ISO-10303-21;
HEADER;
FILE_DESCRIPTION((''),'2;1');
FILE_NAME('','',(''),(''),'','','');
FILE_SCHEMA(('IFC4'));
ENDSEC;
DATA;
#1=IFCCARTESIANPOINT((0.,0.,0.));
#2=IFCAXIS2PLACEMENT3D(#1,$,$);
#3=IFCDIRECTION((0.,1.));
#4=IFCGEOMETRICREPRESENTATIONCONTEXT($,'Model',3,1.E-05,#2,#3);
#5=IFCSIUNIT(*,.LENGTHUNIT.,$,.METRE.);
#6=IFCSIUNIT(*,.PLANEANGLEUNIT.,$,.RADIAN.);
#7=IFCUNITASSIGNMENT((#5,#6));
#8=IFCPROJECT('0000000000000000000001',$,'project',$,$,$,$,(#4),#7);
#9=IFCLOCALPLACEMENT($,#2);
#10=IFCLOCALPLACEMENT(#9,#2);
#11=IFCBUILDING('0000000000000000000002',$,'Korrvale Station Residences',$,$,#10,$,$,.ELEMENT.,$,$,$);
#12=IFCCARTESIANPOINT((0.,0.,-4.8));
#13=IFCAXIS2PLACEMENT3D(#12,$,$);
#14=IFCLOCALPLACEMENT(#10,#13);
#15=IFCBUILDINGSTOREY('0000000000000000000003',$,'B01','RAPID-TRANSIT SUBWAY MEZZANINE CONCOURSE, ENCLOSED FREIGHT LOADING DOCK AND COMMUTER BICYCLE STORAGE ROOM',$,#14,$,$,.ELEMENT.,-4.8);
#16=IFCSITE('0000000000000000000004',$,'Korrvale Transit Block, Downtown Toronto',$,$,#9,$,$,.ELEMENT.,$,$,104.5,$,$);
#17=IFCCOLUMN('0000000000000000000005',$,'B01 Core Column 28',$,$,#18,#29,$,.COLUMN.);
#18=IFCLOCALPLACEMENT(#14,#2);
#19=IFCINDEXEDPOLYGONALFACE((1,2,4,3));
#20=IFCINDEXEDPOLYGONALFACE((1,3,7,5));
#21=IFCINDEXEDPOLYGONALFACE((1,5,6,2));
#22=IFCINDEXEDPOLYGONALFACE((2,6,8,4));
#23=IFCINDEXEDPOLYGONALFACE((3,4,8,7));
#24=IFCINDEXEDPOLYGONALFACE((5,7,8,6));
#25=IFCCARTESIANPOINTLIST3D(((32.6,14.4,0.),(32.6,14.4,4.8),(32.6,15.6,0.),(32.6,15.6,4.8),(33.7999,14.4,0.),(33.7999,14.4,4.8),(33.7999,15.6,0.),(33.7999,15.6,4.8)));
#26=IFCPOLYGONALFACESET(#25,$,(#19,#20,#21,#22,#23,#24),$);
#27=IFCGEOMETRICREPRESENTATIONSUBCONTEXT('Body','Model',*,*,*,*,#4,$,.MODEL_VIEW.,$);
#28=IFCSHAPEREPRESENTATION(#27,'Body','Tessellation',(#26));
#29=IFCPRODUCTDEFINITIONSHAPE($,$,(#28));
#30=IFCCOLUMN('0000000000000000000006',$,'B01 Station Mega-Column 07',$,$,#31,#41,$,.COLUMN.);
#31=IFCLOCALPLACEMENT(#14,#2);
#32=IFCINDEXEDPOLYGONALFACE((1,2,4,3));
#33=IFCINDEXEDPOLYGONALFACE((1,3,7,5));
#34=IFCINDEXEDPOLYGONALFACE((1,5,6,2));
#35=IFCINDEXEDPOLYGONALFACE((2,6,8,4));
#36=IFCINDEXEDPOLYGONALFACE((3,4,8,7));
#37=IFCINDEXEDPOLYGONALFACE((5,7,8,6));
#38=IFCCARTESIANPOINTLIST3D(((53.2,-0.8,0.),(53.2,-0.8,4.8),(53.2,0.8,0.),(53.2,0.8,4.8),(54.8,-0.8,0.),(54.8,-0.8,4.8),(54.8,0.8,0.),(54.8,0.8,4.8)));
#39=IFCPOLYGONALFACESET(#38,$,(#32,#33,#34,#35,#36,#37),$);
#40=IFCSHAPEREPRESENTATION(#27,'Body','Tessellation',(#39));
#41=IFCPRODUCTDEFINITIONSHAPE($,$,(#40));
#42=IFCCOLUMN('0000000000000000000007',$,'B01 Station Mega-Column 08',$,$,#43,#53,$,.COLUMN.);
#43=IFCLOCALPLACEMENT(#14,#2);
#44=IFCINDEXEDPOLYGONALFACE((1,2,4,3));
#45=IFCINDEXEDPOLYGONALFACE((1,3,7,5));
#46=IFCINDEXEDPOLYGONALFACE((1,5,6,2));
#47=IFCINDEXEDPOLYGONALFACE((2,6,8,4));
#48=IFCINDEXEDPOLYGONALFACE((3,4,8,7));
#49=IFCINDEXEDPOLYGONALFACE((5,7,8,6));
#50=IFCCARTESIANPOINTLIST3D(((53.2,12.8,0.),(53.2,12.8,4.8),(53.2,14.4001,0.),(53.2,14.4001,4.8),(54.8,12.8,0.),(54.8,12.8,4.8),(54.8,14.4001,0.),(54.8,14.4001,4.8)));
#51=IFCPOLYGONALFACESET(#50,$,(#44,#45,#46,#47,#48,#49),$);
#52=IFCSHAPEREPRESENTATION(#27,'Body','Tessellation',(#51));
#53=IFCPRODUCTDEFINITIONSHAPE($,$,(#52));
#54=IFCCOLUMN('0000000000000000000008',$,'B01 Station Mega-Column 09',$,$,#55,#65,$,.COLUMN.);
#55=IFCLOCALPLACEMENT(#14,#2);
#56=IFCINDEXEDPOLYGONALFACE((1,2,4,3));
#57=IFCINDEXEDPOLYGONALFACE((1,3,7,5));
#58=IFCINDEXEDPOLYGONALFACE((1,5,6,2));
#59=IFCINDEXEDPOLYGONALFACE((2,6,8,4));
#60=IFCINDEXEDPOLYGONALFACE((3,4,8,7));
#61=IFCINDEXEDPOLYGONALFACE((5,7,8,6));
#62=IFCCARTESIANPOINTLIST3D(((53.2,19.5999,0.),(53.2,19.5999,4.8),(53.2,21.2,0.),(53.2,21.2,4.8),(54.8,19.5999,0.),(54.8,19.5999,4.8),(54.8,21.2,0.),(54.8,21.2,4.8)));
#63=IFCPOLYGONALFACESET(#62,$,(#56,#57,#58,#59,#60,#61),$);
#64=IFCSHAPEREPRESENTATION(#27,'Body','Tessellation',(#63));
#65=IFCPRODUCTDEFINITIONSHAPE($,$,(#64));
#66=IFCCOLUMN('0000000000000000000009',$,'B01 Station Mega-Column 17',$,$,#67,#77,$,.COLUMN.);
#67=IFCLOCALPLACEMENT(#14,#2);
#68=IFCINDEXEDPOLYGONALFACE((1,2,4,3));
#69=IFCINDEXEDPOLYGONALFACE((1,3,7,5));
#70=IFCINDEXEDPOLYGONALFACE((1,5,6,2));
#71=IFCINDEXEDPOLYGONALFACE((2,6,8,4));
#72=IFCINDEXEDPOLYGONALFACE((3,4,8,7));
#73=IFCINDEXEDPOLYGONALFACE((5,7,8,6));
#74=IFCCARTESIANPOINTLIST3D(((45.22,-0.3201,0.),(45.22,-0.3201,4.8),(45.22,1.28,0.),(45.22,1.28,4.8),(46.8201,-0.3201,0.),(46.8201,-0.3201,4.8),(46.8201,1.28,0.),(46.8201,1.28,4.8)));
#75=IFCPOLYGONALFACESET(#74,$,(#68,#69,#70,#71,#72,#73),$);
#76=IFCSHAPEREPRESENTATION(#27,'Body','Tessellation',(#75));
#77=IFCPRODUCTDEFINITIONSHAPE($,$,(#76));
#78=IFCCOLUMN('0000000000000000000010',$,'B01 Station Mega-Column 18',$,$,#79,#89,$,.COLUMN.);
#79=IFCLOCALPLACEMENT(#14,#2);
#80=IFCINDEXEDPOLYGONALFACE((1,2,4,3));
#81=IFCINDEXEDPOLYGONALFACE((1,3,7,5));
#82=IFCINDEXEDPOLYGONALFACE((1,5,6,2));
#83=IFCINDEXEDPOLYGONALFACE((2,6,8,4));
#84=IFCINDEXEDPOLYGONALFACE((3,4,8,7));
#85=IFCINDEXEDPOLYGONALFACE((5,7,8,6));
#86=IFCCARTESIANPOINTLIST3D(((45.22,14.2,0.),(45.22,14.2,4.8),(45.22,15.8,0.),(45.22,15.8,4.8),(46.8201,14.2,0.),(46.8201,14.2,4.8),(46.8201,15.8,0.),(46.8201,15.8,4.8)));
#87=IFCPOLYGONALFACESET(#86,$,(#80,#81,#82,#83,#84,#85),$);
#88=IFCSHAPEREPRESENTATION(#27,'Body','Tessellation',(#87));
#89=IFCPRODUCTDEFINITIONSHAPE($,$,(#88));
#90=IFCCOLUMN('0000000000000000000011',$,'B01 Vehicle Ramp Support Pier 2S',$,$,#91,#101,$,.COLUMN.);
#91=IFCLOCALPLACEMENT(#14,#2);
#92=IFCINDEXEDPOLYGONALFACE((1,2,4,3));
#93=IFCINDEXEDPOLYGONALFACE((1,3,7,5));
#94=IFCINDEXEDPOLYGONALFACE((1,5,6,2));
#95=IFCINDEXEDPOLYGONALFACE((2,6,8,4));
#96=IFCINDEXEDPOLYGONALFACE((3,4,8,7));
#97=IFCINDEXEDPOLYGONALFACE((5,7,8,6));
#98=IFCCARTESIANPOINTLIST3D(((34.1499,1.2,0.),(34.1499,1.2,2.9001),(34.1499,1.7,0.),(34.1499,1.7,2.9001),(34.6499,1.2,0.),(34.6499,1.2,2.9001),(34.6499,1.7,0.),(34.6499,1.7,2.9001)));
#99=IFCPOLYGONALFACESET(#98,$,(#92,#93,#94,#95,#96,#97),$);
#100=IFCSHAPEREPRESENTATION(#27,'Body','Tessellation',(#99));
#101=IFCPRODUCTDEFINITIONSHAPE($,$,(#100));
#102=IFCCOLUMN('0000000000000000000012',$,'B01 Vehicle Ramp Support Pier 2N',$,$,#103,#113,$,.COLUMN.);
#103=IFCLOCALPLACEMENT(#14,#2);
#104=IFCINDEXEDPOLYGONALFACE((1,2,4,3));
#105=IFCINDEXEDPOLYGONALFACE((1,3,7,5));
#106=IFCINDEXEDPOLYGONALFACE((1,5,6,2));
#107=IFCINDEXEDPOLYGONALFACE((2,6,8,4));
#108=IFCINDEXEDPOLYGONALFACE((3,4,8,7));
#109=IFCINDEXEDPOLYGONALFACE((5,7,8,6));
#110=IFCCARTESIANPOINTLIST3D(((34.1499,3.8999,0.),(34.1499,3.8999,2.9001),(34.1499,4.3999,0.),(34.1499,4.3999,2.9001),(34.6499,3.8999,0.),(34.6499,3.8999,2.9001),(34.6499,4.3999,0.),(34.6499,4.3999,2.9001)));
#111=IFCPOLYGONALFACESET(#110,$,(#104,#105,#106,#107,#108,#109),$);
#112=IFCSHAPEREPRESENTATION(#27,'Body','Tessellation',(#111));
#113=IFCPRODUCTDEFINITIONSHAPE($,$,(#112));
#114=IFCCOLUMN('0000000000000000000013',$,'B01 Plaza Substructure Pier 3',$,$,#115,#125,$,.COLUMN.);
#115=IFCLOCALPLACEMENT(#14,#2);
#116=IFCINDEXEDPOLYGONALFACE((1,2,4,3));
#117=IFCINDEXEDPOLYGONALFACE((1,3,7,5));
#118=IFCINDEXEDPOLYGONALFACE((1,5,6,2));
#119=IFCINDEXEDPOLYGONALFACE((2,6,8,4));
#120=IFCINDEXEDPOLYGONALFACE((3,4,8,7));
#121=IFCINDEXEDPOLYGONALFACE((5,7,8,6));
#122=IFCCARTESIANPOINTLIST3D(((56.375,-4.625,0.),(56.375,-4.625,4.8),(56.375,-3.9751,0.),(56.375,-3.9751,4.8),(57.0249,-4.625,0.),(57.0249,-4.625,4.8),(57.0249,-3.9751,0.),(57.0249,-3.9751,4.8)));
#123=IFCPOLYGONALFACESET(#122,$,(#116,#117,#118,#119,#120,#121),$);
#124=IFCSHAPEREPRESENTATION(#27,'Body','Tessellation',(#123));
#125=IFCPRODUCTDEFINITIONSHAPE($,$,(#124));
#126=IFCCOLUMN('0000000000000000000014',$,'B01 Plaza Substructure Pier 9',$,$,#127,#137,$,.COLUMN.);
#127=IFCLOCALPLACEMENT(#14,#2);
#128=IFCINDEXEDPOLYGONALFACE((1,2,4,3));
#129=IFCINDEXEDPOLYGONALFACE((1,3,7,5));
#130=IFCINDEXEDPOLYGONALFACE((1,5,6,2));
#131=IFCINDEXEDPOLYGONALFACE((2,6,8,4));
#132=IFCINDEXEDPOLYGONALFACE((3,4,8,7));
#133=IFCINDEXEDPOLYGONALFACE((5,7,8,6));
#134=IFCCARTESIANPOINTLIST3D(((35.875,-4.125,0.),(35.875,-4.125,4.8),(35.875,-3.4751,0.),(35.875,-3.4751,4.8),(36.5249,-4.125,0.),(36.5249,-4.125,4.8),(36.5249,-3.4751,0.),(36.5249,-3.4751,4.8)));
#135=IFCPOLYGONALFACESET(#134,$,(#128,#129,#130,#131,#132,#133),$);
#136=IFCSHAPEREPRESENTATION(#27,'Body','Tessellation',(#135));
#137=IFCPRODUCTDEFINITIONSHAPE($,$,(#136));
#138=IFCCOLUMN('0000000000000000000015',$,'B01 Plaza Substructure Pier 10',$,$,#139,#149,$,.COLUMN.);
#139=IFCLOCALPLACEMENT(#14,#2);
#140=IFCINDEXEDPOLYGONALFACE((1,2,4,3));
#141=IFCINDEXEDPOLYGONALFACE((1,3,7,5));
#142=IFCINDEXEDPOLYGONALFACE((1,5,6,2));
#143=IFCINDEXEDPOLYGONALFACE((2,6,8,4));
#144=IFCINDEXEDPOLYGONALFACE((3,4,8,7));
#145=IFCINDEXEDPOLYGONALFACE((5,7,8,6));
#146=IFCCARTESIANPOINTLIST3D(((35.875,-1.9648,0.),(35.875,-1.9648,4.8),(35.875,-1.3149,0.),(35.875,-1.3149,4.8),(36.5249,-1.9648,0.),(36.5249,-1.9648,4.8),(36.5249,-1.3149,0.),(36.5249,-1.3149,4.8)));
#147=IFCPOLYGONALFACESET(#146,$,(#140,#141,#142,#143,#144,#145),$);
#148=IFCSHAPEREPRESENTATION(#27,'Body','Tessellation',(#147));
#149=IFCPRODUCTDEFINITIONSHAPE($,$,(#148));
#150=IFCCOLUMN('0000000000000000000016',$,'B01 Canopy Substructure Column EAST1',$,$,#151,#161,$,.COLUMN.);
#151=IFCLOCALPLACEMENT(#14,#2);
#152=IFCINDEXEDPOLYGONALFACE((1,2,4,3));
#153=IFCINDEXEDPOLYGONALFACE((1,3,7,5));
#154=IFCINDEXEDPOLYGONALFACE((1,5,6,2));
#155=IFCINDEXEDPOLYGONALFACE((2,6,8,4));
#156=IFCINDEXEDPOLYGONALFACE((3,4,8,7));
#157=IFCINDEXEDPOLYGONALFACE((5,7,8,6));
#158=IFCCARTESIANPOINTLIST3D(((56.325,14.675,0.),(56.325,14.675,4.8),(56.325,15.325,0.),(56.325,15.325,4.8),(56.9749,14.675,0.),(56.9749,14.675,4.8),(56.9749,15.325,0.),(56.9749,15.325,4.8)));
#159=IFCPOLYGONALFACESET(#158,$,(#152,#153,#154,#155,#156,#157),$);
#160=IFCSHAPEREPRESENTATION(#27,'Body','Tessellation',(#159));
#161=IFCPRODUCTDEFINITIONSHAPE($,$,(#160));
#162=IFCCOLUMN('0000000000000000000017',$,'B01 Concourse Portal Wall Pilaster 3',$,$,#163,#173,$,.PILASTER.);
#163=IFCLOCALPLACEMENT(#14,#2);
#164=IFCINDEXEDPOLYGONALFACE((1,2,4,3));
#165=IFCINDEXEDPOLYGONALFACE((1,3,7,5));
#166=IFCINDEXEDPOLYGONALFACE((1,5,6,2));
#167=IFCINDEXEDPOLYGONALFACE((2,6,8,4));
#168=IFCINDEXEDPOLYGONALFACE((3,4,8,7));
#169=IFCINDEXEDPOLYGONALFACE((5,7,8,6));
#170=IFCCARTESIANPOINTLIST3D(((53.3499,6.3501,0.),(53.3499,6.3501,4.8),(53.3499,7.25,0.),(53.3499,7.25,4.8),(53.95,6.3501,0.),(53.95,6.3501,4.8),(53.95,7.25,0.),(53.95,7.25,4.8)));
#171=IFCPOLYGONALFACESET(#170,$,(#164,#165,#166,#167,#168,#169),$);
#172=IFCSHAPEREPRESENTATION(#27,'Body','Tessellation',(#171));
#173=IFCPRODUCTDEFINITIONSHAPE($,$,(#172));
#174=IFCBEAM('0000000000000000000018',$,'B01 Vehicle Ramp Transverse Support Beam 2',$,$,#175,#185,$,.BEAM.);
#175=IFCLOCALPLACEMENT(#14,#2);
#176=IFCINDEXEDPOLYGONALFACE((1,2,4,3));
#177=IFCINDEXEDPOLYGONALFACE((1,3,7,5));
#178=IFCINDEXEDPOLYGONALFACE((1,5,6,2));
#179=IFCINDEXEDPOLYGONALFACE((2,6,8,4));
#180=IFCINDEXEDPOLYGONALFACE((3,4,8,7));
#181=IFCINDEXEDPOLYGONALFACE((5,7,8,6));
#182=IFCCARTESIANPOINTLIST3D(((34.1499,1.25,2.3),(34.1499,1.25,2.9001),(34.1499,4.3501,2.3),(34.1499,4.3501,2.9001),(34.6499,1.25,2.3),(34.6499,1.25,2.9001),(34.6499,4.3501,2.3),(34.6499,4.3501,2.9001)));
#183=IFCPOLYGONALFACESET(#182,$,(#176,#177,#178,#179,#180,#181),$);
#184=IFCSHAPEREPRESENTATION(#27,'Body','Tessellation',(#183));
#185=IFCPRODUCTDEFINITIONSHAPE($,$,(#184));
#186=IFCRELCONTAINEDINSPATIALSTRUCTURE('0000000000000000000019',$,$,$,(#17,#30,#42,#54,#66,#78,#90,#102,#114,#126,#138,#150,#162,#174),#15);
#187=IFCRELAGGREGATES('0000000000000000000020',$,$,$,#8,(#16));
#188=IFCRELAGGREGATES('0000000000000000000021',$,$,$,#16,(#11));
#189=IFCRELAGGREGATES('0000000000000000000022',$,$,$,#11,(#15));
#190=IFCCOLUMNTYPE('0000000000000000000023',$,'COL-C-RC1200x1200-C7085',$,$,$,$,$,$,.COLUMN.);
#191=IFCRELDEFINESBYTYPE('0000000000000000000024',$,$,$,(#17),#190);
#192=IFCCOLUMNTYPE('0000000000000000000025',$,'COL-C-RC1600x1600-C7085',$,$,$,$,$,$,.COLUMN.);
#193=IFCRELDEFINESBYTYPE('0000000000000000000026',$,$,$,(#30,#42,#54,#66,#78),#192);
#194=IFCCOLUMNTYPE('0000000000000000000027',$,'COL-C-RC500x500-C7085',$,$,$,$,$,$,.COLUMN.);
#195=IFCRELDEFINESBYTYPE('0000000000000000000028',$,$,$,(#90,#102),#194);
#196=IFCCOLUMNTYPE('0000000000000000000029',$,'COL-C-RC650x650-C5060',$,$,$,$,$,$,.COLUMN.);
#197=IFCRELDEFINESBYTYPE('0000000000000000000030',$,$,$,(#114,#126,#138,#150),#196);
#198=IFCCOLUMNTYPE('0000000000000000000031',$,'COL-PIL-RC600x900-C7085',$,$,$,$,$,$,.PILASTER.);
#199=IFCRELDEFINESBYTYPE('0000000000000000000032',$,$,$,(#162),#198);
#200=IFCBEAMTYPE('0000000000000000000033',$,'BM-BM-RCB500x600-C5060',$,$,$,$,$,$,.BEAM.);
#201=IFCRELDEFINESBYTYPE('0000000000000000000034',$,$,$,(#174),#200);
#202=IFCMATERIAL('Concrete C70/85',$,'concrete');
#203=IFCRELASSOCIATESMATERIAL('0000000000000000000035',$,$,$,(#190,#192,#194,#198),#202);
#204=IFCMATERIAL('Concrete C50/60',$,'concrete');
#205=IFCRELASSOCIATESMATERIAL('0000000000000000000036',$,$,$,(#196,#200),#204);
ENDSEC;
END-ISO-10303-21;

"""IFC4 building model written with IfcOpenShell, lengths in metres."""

from ifc_helpers import new_model, si_unit, direction, frame, origin, origin_2d, place, context, subcontext, project, spatial, rectangle, extrude, material, material_profile, profile_set, type_object, element, save


model = new_model("IFC4")

# Units and contexts
model_context = context("Model", 3, precision=1e-05, world=origin(), true_north=direction((0.0, 1.0)))
body_context = subcontext(model_context, "Body", "Model", "MODEL_VIEW")
ifc_project = project(units=[si_unit("LENGTHUNIT", "METRE"), si_unit("PLANEANGLEUNIT", "RADIAN")], contexts=[model_context])

# Site, building, storey
site_placement = place(None, origin())
site = spatial("IfcSite", under=ifc_project, at=site_placement, Name="Korrvale Transit Block, Downtown Toronto", CompositionType="ELEMENT", RefElevation=104.5)
building_placement = place(site_placement, origin())
building = spatial("IfcBuilding", under=site, at=building_placement, Name="Korrvale Station Residences", CompositionType="ELEMENT")
storey_placement = place(building_placement, frame((0.0, 0.0, -4.8)))
storey = spatial("IfcBuildingStorey", under=building, at=storey_placement, Name="B01", Description="RAPID-TRANSIT SUBWAY MEZZANINE CONCOURSE, ENCLOSED FREIGHT LOADING DOCK AND COMMUTER BICYCLE STORAGE ROOM", CompositionType="ELEMENT", Elevation=-4.8)

# Columns
ifc_material_1 = material(Name="Concrete C70/85", Category="concrete")
ifc_material_profile_1 = material_profile(ifc_material_1, rectangle(XDim=1.2, YDim=1.2, at=origin_2d()), Name="RC1200x1200")
ifc_profile_set_1 = profile_set([ifc_material_profile_1], Name="Concrete C70/85")
column_type_1 = type_object("IfcColumnType", Name="COL-C-RC1200x1200-C7085", PredefinedType="COLUMN", material=ifc_profile_set_1)
column_1_placement = place(storey_placement, frame((33.2, 15.0, 0.0), z_axis=(0.0, 0.0, 1.0), x_axis=(1.0, 0.0, 0.0)))
element("IfcColumn", 1, at=column_1_placement, inside=storey, type_object=column_type_1, Name="B01 Core Column 28", PredefinedType="COLUMN", context=body_context, shape_type="SweptSolid", body=[
    extrude(rectangle(XDim=1.2, YDim=1.2, at=origin_2d()), origin(), (0.0, 0.0, 1.0), 4.8),
])
ifc_material_profile_2 = material_profile(ifc_material_1, rectangle(XDim=1.6001, YDim=1.6001, at=origin_2d()), Name="RC1600x1600")
ifc_profile_set_2 = profile_set([ifc_material_profile_2], Name="Concrete C70/85")
column_type_2 = type_object("IfcColumnType", Name="COL-C-RC1600x1600-C7085", PredefinedType="COLUMN", material=ifc_profile_set_2)
for number, where, z_axis, x_axis, name in (
    (2, (54.0, 0.0, 0.0), (0.0, 0.0, 1.0), (1.0, 0.0, 0.0), "B01 Station Mega-Column 07"),
    (3, (54.0, 13.6001, 0.0), (0.0, 0.0, 1.0), (1.0, 0.0, 0.0), "B01 Station Mega-Column 08"),
    (4, (54.0, 20.3999, 0.0), (0.0, 0.0, 1.0), (1.0, 0.0, 0.0), "B01 Station Mega-Column 09"),
    (5, (46.02, 0.48, 0.0), (0.0, 0.0, 1.0), (1.0, 0.0, 0.0), "B01 Station Mega-Column 17"),
    (6, (46.02, 15.0, 0.0), (0.0, 0.0, 1.0), (1.0, 0.0, 0.0), "B01 Station Mega-Column 18"),
):
    element("IfcColumn", number, at=place(storey_placement, frame(where, z_axis=z_axis, x_axis=x_axis)), inside=storey, type_object=column_type_2, Name=name, PredefinedType="COLUMN", context=body_context, shape_type="SweptSolid", body=[
        extrude(rectangle(XDim=1.6001, YDim=1.6001, at=origin_2d()), origin(), (0.0, 0.0, 1.0), 4.8),
    ])
ifc_material_profile_3 = material_profile(ifc_material_1, rectangle(XDim=0.5, YDim=0.5, at=origin_2d()), Name="RC500x500")
ifc_profile_set_3 = profile_set([ifc_material_profile_3], Name="Concrete C70/85")
column_type_3 = type_object("IfcColumnType", Name="COL-C-RC500x500-C7085", PredefinedType="COLUMN", material=ifc_profile_set_3)
for number, where, z_axis, x_axis, name in (
    (7, (34.3999, 1.45, 0.0), (0.0, 0.0, 1.0), (1.0, 0.0, 0.0), "B01 Vehicle Ramp Support Pier 2S"),
    (8, (34.3999, 4.1499, 0.0), (0.0, 0.0, 1.0), (1.0, 0.0, 0.0), "B01 Vehicle Ramp Support Pier 2N"),
):
    element("IfcColumn", number, at=place(storey_placement, frame(where, z_axis=z_axis, x_axis=x_axis)), inside=storey, type_object=column_type_3, Name=name, PredefinedType="COLUMN", context=body_context, shape_type="SweptSolid", body=[
        extrude(rectangle(XDim=0.5, YDim=0.5, at=origin_2d()), origin(), (0.0, 0.0, 1.0), 2.9001),
    ])
ifc_material_2 = material(Name="Concrete C50/60", Category="concrete")
ifc_material_profile_4 = material_profile(ifc_material_2, rectangle(XDim=0.6499, YDim=0.6499, at=origin_2d()), Name="RC650x650")
ifc_profile_set_4 = profile_set([ifc_material_profile_4], Name="Concrete C50/60")
column_type_4 = type_object("IfcColumnType", Name="COL-C-RC650x650-C5060", PredefinedType="COLUMN", material=ifc_profile_set_4)
for number, where, z_axis, x_axis, name in (
    (9, (56.7, -4.3, 0.0), (0.0, 0.0, 1.0), (1.0, 0.0, 0.0), "B01 Plaza Substructure Pier 3"),
    (10, (36.2, -3.8, 0.0), (0.0, 0.0, 1.0), (1.0, 0.0, 0.0), "B01 Plaza Substructure Pier 9"),
    (11, (36.2, -1.6399, 0.0), (0.0, 0.0, 1.0), (1.0, 0.0, 0.0), "B01 Plaza Substructure Pier 10"),
    (12, (56.6499, 15.0, 0.0), (0.0, 0.0, 1.0), (1.0, 0.0, 0.0), "B01 Canopy Substructure Column EAST1"),
):
    element("IfcColumn", number, at=place(storey_placement, frame(where, z_axis=z_axis, x_axis=x_axis)), inside=storey, type_object=column_type_4, Name=name, PredefinedType="COLUMN", context=body_context, shape_type="SweptSolid", body=[
        extrude(rectangle(XDim=0.6499, YDim=0.6499, at=origin_2d()), origin(), (0.0, 0.0, 1.0), 4.8),
    ])
ifc_material_profile_5 = material_profile(ifc_material_1, rectangle(XDim=0.6001, YDim=0.8999, at=origin_2d()), Name="RC600x900")
ifc_profile_set_5 = profile_set([ifc_material_profile_5], Name="Concrete C70/85")
column_type_5 = type_object("IfcColumnType", Name="COL-PIL-RC600x900-C7085", PredefinedType="PILASTER", material=ifc_profile_set_5)
column_2_placement = place(storey_placement, frame((53.6499, 6.8, 0.0), z_axis=(0.0, 0.0, 1.0), x_axis=(1.0, 0.0, 0.0)))
element("IfcColumn", 13, at=column_2_placement, inside=storey, type_object=column_type_5, Name="B01 Concourse Portal Wall Pilaster 3", PredefinedType="PILASTER", context=body_context, shape_type="SweptSolid", body=[
    extrude(rectangle(XDim=0.6001, YDim=0.8999, at=origin_2d()), origin(), (0.0, 0.0, 1.0), 4.8),
])

# Beam
ifc_material_profile_6 = material_profile(ifc_material_2, rectangle(XDim=0.5, YDim=0.6001, at=origin_2d()), Name="RCB500x600")
ifc_profile_set_6 = profile_set([ifc_material_profile_6], Name="Concrete C50/60")
beam_type_1 = type_object("IfcBeamType", Name="BM-BM-RCB500x600-C5060", PredefinedType="BEAM", material=ifc_profile_set_6)
beam_1_placement = place(storey_placement, frame((34.3999, 1.25, 2.6001), z_axis=(0.0, 1.0, 0.0), x_axis=(-1.0, 0.0, 0.0)))
element("IfcBeam", 14, at=beam_1_placement, inside=storey, type_object=beam_type_1, Name="B01 Vehicle Ramp Transverse Support Beam 2", PredefinedType="BEAM", context=body_context, shape_type="SweptSolid", body=[
    extrude(rectangle(XDim=0.5, YDim=0.6001, at=origin_2d()), origin(), (0.0, 0.0, 1.0), 3.1001),
])

save(model, "model.ifc")
